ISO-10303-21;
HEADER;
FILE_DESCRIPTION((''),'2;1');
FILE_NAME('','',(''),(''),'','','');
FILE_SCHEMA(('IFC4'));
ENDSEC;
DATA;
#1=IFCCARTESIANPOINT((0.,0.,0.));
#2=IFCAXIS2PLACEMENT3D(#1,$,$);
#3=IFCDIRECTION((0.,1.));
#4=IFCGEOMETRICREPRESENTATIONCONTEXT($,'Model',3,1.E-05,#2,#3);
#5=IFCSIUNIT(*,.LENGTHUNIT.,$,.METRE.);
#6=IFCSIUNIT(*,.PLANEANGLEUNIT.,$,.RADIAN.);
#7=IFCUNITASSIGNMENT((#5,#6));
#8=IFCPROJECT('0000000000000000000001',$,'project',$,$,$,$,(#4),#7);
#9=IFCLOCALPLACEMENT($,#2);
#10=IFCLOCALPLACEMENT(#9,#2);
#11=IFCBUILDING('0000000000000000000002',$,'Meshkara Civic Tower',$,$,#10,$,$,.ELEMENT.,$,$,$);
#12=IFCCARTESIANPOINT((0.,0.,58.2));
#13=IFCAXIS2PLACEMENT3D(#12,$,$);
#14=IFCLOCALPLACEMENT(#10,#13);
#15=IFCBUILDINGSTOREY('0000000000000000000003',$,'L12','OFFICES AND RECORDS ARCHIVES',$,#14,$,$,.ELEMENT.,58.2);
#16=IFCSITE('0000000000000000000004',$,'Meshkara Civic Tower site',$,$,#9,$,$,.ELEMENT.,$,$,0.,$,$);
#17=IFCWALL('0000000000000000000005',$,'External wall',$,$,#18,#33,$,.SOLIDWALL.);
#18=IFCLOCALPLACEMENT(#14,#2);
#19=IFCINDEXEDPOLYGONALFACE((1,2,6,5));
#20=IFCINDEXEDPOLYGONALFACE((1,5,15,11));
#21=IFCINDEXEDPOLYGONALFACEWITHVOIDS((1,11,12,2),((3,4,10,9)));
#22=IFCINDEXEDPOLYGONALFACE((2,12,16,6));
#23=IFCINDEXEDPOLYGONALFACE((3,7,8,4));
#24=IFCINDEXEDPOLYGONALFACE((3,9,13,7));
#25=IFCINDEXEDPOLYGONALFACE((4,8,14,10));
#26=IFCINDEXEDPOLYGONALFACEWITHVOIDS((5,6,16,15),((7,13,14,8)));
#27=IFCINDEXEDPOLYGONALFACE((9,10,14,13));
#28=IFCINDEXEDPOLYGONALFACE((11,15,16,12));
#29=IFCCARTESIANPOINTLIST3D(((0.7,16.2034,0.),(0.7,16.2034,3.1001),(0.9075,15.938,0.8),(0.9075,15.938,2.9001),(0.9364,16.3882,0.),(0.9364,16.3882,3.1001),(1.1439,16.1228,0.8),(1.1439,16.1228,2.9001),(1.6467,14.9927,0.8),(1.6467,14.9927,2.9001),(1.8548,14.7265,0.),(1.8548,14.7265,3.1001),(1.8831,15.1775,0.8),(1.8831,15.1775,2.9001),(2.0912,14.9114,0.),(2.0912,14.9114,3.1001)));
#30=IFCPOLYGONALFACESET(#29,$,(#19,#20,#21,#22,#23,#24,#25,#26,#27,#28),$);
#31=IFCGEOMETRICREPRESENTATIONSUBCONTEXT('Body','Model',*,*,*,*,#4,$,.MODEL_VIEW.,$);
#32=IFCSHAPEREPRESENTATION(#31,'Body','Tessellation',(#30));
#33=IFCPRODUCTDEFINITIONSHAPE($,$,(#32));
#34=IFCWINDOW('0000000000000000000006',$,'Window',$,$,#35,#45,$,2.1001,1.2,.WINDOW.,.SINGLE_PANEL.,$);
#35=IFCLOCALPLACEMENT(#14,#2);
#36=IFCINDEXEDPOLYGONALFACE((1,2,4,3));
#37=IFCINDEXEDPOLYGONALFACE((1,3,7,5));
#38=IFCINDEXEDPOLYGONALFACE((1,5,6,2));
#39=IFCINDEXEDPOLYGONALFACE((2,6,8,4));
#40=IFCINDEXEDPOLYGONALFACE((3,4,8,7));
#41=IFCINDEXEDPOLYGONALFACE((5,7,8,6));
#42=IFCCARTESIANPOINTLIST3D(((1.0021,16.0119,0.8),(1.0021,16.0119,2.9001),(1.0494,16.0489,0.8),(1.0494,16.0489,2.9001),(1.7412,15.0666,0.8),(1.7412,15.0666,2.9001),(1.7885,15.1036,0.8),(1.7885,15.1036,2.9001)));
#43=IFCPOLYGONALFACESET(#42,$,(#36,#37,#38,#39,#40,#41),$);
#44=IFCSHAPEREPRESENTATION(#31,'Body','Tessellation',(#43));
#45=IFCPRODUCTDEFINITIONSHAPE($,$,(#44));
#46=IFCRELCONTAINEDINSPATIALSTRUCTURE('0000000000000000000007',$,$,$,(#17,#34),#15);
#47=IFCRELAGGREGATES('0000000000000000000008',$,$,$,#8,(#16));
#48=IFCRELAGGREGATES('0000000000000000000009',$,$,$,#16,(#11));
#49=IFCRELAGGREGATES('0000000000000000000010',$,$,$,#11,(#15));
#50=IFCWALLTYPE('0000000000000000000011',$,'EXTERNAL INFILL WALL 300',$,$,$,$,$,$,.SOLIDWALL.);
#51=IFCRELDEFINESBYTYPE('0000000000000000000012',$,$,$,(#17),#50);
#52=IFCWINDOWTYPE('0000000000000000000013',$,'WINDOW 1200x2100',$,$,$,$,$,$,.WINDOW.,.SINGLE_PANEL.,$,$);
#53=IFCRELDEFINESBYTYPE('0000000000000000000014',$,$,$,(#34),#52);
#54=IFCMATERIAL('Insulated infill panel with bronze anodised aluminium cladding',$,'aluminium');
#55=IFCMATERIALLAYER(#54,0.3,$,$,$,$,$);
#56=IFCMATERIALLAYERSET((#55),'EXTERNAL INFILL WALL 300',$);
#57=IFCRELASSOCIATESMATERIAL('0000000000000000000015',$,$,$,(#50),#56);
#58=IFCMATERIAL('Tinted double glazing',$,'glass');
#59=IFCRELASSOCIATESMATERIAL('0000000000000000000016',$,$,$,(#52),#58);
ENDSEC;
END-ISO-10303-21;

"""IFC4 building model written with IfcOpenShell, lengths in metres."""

from ifc_helpers import new_model, si_unit, direction, frame, frame_2d, origin, place, context, subcontext, project, spatial, rectangle, extrude, material, layer, layer_set, type_object, element, fill, save


model = new_model("IFC4")

# Units and contexts
model_context = context("Model", 3, precision=1e-05, world=origin(), true_north=direction((0.0, 1.0)))
body_context = subcontext(model_context, "Body", "Model", "MODEL_VIEW")
ifc_project = project(units=[si_unit("LENGTHUNIT", "METRE"), si_unit("PLANEANGLEUNIT", "RADIAN")], contexts=[model_context])

# Site, building, storey
site_placement = place(None, origin())
site = spatial("IfcSite", under=ifc_project, at=site_placement, Name="Meshkara Civic Tower site", CompositionType="ELEMENT", RefElevation=0.0)
building_placement = place(site_placement, origin())
building = spatial("IfcBuilding", under=site, at=building_placement, Name="Meshkara Civic Tower", CompositionType="ELEMENT")
storey_placement = place(building_placement, frame((0.0, 0.0, 58.2)))
storey = spatial("IfcBuildingStorey", under=building, at=storey_placement, Name="L12", Description="OFFICES AND RECORDS ARCHIVES", CompositionType="ELEMENT", Elevation=58.2)

# Wall, opening, window
ifc_material_1 = material(Name="Insulated infill panel with bronze anodised aluminium cladding", Category="aluminium")
ifc_layer = layer(ifc_material_1, 0.3)
ifc_layer_set = layer_set([ifc_layer], Name="EXTERNAL INFILL WALL 300")
wall_type = type_object("IfcWallType", Name="EXTERNAL INFILL WALL 300", PredefinedType="SOLIDWALL", material=ifc_layer_set)
wall_1_placement = place(storey_placement, frame((0.8181, 16.2959, 0.0), z_axis=(0.0, 0.0, 1.0), x_axis=(0.615985, -0.787758, 0.0)))
wall_1 = element("IfcWall", 1, at=wall_1_placement, inside=storey, type_object=wall_type, Name="External wall", PredefinedType="SOLIDWALL", context=body_context, shape_type="SweptSolid", body=[
    extrude(rectangle(XDim=1.8748, YDim=0.3, at=frame_2d((0.9375, 0.0))), origin(), (0.0, 0.0, 1.0), 3.1001),
])
opening_1_placement = place(wall_1_placement, frame((0.3369, 0.0, 0.8)))
opening_1 = element("IfcOpeningElement", 2, at=opening_1_placement, cuts=wall_1, PredefinedType="OPENING", context=body_context, shape_type="SweptSolid", body=[
    extrude(rectangle(XDim=1.2, YDim=2.1001, at=frame_2d((0.6001, 1.05))), frame((0.0, 0.1599, 0.0), z_axis=(0.0, -1.0, 0.0), x_axis=(1.0, 0.0, 0.0)), (0.0, 0.0, 1.0), 0.3201),
])
ifc_material_2 = material(Name="Tinted double glazing", Category="glass")
window_type_1 = type_object("IfcWindowType", Name="WINDOW 1200x2100", PartitioningType="SINGLE_PANEL", PredefinedType="WINDOW", material=ifc_material_2)
window_1_placement = place(opening_1_placement, origin())
window_1 = element("IfcWindow", 3, at=window_1_placement, inside=storey, type_object=window_type_1, Name="Window", OverallHeight=2.1001, OverallWidth=1.2, PartitioningType="SINGLE_PANEL", PredefinedType="WINDOW", context=body_context, shape_type="SweptSolid", body=[
    extrude(rectangle(XDim=1.2, YDim=2.1001, at=frame_2d((0.6001, 1.05))), frame((0.0, 0.03, 0.0), z_axis=(0.0, -1.0, 0.0), x_axis=(1.0, 0.0, 0.0)), (0.0, 0.0, 1.0), 0.0601),
])
fill(opening_1, window_1)

save(model, "model.ifc")
